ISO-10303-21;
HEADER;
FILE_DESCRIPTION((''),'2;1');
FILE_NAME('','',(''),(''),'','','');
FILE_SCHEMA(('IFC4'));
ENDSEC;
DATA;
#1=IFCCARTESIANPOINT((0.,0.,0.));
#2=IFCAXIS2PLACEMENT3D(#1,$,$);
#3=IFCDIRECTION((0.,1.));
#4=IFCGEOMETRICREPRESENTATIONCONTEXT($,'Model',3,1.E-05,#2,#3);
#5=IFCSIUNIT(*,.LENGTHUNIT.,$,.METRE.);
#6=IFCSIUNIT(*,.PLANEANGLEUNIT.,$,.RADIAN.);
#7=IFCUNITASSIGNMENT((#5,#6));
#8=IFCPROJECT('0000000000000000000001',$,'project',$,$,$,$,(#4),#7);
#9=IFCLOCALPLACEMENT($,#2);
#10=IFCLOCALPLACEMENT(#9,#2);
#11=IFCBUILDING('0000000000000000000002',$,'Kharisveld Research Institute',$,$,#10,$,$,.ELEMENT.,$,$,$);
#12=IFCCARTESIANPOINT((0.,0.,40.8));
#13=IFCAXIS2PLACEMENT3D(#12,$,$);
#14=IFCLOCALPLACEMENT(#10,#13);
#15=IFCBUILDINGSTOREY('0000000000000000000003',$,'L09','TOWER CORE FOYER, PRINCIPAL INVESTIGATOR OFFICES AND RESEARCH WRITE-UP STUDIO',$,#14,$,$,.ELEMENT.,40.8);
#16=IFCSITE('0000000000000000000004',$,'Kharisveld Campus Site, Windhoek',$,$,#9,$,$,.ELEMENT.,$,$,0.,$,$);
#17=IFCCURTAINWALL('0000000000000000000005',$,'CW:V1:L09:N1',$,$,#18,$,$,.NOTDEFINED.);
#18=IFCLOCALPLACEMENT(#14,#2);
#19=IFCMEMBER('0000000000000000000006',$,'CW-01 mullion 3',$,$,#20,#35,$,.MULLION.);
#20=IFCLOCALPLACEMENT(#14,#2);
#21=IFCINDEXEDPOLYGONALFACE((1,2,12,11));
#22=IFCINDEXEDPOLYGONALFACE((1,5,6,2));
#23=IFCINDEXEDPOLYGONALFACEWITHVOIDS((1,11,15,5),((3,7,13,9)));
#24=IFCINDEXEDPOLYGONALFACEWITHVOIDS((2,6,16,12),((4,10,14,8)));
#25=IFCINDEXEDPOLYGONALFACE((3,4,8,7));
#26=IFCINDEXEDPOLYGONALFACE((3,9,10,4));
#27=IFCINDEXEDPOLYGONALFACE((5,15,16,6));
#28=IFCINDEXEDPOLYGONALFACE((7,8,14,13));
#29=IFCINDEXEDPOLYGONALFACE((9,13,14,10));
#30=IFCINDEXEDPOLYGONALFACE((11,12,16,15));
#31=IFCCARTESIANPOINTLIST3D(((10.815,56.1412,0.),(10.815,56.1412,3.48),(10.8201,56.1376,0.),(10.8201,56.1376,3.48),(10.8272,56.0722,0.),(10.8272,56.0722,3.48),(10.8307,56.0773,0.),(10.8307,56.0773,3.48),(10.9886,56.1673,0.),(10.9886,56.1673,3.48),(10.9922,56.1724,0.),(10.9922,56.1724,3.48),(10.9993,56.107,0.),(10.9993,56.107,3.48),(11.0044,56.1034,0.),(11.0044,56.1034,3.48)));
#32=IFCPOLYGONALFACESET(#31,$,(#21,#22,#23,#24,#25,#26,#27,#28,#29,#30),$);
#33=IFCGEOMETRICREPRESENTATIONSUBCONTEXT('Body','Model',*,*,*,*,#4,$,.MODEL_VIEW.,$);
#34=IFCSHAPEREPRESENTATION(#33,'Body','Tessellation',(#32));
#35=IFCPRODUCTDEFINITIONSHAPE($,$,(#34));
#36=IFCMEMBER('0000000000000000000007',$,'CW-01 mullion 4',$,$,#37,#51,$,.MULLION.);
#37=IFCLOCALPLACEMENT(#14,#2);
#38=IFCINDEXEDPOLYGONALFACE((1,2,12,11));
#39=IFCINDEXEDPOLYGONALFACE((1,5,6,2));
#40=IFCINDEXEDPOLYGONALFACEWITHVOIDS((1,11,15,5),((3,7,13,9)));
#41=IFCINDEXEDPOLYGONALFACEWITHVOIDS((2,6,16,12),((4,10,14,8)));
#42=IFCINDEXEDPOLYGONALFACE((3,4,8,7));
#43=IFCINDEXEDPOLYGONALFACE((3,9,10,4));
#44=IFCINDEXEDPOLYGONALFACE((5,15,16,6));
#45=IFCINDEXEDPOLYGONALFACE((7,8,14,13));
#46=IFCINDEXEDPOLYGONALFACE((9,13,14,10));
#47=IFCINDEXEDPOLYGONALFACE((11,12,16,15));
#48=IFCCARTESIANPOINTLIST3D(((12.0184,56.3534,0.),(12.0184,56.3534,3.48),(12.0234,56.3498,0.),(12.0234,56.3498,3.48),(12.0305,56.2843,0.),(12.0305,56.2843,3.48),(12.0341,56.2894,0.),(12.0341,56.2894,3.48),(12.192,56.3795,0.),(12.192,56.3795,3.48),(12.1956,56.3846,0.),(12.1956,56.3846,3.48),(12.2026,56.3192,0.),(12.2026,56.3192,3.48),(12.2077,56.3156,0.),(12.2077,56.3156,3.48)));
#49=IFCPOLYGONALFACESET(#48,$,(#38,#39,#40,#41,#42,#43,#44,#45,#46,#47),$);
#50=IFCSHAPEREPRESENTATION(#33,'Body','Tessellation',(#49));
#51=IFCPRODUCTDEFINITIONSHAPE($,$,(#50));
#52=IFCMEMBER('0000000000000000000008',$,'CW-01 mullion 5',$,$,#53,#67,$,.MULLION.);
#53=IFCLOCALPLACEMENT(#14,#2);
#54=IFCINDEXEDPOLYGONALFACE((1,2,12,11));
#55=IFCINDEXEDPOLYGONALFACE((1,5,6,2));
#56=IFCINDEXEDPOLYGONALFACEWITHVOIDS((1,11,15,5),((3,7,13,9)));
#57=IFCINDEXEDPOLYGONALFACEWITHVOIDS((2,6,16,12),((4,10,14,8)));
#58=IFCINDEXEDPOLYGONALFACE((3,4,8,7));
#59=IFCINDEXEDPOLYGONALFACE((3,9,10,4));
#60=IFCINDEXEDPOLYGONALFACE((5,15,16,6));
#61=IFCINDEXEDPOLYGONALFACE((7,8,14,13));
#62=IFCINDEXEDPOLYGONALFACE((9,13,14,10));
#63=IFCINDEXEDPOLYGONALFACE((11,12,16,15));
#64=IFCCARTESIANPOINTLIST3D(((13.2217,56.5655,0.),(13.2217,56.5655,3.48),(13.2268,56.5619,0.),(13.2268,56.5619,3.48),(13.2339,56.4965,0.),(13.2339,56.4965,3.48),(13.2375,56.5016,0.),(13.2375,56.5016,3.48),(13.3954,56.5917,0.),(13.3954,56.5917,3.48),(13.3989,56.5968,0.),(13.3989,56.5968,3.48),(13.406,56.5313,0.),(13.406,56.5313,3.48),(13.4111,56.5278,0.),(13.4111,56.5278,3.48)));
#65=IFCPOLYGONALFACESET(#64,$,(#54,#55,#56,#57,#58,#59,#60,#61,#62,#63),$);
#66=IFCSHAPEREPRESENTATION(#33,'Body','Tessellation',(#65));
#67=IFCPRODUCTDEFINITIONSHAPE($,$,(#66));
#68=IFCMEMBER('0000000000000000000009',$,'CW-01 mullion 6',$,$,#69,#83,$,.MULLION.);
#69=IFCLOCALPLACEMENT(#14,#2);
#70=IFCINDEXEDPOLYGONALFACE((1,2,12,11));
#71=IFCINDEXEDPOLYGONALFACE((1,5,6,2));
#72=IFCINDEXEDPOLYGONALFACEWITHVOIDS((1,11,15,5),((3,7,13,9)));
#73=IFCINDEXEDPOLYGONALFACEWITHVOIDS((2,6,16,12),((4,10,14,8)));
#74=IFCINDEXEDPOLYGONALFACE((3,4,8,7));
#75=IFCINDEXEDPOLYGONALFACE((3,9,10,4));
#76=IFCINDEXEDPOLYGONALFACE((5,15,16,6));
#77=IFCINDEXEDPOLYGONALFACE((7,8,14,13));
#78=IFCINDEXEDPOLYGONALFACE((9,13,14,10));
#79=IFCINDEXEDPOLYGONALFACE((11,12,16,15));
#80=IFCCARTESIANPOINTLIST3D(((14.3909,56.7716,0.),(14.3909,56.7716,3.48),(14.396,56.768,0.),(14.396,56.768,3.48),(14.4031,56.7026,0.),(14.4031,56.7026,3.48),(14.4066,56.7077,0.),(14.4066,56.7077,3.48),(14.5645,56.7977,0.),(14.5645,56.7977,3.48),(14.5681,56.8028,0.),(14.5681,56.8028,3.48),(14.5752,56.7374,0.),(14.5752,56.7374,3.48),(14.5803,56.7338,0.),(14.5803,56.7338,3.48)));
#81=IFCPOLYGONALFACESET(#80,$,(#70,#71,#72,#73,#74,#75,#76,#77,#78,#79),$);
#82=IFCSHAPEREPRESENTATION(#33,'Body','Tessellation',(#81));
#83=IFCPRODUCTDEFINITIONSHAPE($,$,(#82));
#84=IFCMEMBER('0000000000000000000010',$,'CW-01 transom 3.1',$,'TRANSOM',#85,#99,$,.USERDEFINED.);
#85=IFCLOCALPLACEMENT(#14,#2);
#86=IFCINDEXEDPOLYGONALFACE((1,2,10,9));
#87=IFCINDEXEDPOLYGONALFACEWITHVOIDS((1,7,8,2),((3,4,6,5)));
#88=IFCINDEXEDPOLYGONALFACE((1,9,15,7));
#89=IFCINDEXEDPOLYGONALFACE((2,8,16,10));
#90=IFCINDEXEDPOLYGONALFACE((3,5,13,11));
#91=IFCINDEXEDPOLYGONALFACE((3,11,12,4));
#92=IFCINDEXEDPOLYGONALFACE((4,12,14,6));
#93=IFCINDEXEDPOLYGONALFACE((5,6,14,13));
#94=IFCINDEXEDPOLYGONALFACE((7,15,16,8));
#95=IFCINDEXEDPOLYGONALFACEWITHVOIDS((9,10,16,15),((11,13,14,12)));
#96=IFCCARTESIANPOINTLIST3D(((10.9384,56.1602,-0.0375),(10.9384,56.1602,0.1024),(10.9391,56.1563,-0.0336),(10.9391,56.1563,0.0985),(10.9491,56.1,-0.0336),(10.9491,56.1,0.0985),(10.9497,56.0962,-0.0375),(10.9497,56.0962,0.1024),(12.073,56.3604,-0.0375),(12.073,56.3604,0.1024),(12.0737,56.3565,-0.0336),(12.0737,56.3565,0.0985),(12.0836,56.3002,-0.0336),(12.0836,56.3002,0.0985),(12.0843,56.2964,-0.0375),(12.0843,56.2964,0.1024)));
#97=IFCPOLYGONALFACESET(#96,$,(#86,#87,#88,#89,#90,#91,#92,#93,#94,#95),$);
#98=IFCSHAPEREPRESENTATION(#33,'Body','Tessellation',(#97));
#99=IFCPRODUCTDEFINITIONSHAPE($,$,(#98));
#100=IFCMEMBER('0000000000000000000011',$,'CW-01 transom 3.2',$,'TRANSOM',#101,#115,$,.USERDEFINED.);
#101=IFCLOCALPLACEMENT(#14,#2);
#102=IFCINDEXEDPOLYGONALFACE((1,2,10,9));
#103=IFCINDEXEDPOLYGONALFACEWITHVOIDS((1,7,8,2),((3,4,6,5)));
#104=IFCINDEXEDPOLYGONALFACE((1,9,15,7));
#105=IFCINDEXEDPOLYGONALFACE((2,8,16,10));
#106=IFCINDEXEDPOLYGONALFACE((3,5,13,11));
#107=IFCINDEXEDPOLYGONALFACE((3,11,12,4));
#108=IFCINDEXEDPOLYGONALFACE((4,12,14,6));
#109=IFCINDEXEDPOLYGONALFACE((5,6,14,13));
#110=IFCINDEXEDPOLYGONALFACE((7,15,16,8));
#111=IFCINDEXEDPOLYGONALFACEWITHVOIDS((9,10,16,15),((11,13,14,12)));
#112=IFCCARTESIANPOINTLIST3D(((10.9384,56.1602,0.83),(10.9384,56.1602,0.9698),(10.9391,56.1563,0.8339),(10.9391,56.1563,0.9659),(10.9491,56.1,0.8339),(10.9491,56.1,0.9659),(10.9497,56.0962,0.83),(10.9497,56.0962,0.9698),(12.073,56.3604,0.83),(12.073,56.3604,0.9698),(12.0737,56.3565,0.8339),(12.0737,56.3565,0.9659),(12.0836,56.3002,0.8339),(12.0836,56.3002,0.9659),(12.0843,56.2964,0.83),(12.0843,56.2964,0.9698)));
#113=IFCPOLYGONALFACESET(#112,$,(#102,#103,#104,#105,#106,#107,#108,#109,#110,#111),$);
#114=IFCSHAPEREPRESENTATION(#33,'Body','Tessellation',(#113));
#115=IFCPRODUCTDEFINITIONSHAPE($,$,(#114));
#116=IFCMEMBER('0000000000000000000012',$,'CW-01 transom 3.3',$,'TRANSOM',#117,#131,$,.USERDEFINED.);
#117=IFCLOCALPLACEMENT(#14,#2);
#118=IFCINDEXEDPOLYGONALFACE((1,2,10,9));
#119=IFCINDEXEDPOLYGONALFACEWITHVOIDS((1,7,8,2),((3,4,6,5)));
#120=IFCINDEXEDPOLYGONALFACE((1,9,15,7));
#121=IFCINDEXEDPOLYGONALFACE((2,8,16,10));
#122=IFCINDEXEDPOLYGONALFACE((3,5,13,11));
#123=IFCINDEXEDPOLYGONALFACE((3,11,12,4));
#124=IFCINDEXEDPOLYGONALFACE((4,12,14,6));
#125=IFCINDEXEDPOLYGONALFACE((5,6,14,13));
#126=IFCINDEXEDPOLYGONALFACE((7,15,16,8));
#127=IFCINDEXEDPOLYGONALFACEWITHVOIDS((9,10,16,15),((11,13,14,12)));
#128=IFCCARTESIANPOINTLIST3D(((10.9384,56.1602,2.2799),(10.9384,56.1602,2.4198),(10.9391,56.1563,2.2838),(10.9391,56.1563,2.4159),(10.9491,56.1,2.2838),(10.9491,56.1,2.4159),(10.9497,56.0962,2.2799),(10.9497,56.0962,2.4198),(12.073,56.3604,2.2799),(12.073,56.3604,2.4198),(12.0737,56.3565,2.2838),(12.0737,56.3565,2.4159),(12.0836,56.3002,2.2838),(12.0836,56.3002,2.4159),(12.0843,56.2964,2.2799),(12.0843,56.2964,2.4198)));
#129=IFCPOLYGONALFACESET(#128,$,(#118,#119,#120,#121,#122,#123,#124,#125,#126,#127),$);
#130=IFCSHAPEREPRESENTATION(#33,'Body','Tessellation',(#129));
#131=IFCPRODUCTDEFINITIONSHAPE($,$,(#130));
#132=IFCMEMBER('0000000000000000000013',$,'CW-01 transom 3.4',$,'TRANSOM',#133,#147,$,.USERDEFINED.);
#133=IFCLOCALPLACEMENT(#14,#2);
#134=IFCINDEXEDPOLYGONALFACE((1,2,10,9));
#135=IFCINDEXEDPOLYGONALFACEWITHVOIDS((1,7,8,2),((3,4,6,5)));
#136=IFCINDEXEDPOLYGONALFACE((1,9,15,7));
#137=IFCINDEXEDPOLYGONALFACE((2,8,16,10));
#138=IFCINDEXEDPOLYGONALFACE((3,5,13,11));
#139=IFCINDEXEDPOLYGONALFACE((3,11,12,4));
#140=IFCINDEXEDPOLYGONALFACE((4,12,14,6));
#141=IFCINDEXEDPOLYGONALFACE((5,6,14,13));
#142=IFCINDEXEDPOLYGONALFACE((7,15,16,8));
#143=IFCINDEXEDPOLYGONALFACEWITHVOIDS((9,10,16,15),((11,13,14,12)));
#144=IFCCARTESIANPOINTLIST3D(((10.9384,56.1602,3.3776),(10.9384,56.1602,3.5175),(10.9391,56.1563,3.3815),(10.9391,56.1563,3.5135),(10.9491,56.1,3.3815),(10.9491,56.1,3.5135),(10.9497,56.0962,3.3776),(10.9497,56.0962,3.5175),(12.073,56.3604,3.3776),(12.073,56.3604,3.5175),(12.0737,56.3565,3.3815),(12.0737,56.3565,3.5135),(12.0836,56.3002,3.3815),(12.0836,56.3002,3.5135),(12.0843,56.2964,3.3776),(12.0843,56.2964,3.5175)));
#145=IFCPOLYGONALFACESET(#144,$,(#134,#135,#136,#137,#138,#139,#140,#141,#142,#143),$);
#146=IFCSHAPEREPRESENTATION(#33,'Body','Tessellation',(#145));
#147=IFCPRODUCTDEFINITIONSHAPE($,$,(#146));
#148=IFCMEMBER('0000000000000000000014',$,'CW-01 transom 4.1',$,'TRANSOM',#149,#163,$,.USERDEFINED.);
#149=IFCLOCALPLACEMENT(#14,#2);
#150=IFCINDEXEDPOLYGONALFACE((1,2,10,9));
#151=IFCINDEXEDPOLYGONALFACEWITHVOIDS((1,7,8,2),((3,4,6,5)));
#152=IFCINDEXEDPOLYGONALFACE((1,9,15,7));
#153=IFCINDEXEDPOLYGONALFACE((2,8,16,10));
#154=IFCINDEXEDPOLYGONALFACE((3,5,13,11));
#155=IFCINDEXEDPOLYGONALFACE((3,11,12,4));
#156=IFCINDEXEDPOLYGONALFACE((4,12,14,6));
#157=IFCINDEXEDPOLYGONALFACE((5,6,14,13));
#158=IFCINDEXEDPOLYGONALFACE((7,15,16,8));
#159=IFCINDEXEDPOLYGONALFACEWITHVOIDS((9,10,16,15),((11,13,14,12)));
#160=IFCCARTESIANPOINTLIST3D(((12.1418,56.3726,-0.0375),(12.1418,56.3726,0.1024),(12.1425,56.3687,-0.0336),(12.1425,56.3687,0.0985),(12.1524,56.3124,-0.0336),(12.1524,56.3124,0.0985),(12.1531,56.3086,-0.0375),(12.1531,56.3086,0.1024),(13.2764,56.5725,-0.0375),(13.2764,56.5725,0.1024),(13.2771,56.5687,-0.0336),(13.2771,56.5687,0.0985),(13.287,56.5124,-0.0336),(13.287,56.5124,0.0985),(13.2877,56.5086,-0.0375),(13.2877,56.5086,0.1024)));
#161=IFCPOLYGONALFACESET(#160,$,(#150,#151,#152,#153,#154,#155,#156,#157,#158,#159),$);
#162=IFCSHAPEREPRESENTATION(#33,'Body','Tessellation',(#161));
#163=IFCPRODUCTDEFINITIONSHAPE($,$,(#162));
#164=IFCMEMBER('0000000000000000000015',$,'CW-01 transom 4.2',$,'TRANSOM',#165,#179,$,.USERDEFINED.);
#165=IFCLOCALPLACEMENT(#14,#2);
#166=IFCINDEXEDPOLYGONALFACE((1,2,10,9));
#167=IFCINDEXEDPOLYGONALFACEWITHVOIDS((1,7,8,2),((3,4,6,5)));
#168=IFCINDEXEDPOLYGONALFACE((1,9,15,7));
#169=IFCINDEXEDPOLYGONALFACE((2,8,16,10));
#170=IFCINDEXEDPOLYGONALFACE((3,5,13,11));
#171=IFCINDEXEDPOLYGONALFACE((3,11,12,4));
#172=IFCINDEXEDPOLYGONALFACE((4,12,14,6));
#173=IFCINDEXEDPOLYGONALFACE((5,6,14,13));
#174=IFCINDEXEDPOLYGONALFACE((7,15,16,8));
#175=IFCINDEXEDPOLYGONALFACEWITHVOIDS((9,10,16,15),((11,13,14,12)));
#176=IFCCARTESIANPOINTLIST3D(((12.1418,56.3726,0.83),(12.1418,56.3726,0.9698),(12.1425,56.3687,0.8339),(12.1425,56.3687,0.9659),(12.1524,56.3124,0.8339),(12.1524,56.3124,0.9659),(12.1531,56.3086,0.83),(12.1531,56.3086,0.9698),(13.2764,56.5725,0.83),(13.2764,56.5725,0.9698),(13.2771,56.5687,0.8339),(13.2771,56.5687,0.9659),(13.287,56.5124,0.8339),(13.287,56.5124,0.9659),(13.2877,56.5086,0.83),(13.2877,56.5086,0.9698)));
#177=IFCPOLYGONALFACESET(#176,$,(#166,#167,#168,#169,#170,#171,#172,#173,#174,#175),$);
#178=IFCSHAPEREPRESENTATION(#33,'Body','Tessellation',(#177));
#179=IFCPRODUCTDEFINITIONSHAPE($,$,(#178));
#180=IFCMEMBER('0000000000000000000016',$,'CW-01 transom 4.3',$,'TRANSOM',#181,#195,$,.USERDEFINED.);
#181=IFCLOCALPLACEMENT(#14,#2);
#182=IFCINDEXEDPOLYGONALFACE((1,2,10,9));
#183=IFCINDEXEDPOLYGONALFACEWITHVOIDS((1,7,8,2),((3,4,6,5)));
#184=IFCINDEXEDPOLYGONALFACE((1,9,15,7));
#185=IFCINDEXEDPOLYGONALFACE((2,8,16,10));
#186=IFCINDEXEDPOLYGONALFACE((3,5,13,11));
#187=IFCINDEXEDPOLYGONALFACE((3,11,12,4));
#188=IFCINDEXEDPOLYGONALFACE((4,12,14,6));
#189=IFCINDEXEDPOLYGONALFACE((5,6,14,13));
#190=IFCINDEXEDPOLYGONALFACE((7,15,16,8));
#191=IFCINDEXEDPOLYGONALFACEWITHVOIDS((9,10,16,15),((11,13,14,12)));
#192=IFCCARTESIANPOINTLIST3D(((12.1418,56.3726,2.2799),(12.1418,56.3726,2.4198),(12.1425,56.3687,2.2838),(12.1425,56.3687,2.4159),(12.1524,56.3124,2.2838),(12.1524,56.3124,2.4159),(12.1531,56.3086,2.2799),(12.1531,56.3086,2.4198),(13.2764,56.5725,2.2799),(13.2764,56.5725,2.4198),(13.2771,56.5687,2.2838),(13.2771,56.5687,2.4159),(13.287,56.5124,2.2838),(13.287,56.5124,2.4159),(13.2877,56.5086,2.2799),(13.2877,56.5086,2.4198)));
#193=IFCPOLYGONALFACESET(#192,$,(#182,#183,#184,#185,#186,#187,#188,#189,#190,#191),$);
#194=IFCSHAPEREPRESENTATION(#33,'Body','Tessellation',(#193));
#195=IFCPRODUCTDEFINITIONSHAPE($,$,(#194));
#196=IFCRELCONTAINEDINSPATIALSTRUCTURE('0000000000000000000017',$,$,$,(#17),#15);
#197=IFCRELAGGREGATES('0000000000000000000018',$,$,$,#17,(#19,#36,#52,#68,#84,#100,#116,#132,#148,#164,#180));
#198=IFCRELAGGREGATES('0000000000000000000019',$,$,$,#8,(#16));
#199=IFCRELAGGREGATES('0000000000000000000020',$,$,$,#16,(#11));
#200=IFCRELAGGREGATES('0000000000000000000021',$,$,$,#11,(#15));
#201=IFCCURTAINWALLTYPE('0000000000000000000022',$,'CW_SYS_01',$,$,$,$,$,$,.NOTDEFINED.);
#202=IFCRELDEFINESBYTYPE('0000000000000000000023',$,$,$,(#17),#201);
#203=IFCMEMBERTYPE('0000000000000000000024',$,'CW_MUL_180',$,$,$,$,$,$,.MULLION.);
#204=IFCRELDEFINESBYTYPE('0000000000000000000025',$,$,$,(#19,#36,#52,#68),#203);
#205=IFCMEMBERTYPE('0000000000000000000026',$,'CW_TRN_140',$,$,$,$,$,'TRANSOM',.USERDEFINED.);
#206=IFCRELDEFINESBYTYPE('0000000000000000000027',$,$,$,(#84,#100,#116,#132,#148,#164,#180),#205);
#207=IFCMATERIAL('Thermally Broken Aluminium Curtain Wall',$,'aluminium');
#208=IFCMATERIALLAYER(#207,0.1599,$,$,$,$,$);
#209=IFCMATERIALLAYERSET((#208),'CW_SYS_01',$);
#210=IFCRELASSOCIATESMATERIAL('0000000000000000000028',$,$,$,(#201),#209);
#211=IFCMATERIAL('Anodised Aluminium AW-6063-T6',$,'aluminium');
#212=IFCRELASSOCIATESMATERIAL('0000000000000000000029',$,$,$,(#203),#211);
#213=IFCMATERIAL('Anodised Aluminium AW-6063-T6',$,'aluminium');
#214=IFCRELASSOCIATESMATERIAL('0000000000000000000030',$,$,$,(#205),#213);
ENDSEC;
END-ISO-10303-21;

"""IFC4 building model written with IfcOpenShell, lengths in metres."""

from ifc_helpers import new_model, si_unit, direction, frame, origin, origin_2d, place, context, subcontext, project, spatial, hollow_rectangle, extrude, material, layer, layer_set, material_profile, profile_set, type_object, element, aggregate, save


model = new_model("IFC4")

# Units and contexts
model_context = context("Model", 3, precision=1e-05, world=origin(), true_north=direction((0.0, 1.0)))
body_context = subcontext(model_context, "Body", "Model", "MODEL_VIEW")
ifc_project = project(units=[si_unit("LENGTHUNIT", "METRE"), si_unit("PLANEANGLEUNIT", "RADIAN")], contexts=[model_context])

# Site, building, storey
site_placement = place(None, origin())
site = spatial("IfcSite", under=ifc_project, at=site_placement, Name="Kharisveld Campus Site, Windhoek", CompositionType="ELEMENT", RefElevation=0.0)
building_placement = place(site_placement, origin())
building = spatial("IfcBuilding", under=site, at=building_placement, Name="Kharisveld Research Institute", CompositionType="ELEMENT")
storey_placement = place(building_placement, frame((0.0, 0.0, 40.8)))
storey = spatial("IfcBuildingStorey", under=building, at=storey_placement, Name="L09", Description="TOWER CORE FOYER, PRINCIPAL INVESTIGATOR OFFICES AND RESEARCH WRITE-UP STUDIO", CompositionType="ELEMENT", Elevation=40.8)

# Curtain wall, members
ifc_material_1 = material(Name="Thermally Broken Aluminium Curtain Wall", Category="aluminium")
ifc_layer_1 = layer(ifc_material_1, 0.1599)
ifc_layer_set_1 = layer_set([ifc_layer_1], Name="CW_SYS_01")
curtain_wall_type = type_object("IfcCurtainWallType", Name="CW_SYS_01", PredefinedType="NOTDEFINED", material=ifc_layer_set_1)
curtain_wall_placement = place(storey_placement, origin())
curtain_wall = element("IfcCurtainWall", 1, at=curtain_wall_placement, inside=storey, type_object=curtain_wall_type, Name="CW:V1:L09:N1", PredefinedType="NOTDEFINED")
ifc_material_2 = material(Name="Anodised Aluminium AW-6063-T6", Category="aluminium")
ifc_material_profile_1 = material_profile(ifc_material_2, hollow_rectangle(XDim=0.0701, YDim=0.1799, WallThickness=0.0044, at=origin_2d()))
ifc_profile_set_1 = profile_set([ifc_material_profile_1], Name="Anodised Aluminium AW-6063-T6")
member_type_1 = type_object("IfcMemberType", Name="CW_MUL_180", PredefinedType="MULLION", material=ifc_profile_set_1)
member_1_placement = place(storey_placement, frame((10.9097, 56.1223, 0.0), z_axis=(0.0, 0.0, 1.0), x_axis=(-0.173648, 0.984808, 0.0)))
member_1 = element("IfcMember", 2, at=member_1_placement, type_object=member_type_1, Name="CW-01 mullion 3", PredefinedType="MULLION", context=body_context, shape_type="SweptSolid", body=[
    extrude(hollow_rectangle(XDim=0.0701, YDim=0.1799, WallThickness=0.0044, at=origin_2d()), origin(), (0.0, 0.0, 1.0), 3.48),
])
member_2_placement = place(storey_placement, frame((12.113, 56.3345, 0.0), z_axis=(0.0, 0.0, 1.0), x_axis=(-0.173648, 0.984808, 0.0)))
member_2 = element("IfcMember", 3, at=member_2_placement, type_object=member_type_1, Name="CW-01 mullion 4", PredefinedType="MULLION", context=body_context, shape_type="SweptSolid", body=[
    extrude(hollow_rectangle(XDim=0.0701, YDim=0.1799, WallThickness=0.0044, at=origin_2d()), origin(), (0.0, 0.0, 1.0), 3.48),
])
member_3_placement = place(storey_placement, frame((13.3164, 56.5466, 0.0), z_axis=(0.0, 0.0, 1.0), x_axis=(-0.173648, 0.984808, 0.0)))
member_3 = element("IfcMember", 4, at=member_3_placement, type_object=member_type_1, Name="CW-01 mullion 5", PredefinedType="MULLION", context=body_context, shape_type="SweptSolid", body=[
    extrude(hollow_rectangle(XDim=0.0701, YDim=0.1799, WallThickness=0.0044, at=origin_2d()), origin(), (0.0, 0.0, 1.0), 3.48),
])
member_4_placement = place(storey_placement, frame((14.4856, 56.7527, 0.0), z_axis=(0.0, 0.0, 1.0), x_axis=(-0.173648, 0.984808, 0.0)))
member_4 = element("IfcMember", 5, at=member_4_placement, type_object=member_type_1, Name="CW-01 mullion 6", PredefinedType="MULLION", context=body_context, shape_type="SweptSolid", body=[
    extrude(hollow_rectangle(XDim=0.0701, YDim=0.1799, WallThickness=0.0044, at=origin_2d()), origin(), (0.0, 0.0, 1.0), 3.48),
])
ifc_material_3 = material(Name="Anodised Aluminium AW-6063-T6", Category="aluminium")
ifc_material_profile_2 = material_profile(ifc_material_3, hollow_rectangle(XDim=0.0649, YDim=0.1399, WallThickness=0.0039, at=origin_2d()))
ifc_profile_set_2 = profile_set([ifc_material_profile_2], Name="Anodised Aluminium AW-6063-T6")
member_type_2 = type_object("IfcMemberType", Name="CW_TRN_140", ElementType="TRANSOM", PredefinedType="USERDEFINED", material=ifc_profile_set_2)
member_5_placement = place(storey_placement, frame((10.9441, 56.1282, 0.0325), z_axis=(0.984786, 0.173773, 0.0), x_axis=(-0.173773, 0.984786, 0.0)))
member_5 = element("IfcMember", 6, at=member_5_placement, type_object=member_type_2, Name="CW-01 transom 3.1", ObjectType="TRANSOM", PredefinedType="USERDEFINED", context=body_context, shape_type="SweptSolid", body=[
    extrude(hollow_rectangle(XDim=0.0649, YDim=0.1399, WallThickness=0.0039, at=origin_2d()), origin(), (0.0, 0.0, 1.0), 1.1521),
])
member_6_placement = place(storey_placement, frame((10.9441, 56.1282, 0.8999), z_axis=(0.984786, 0.173773, 0.0), x_axis=(-0.173773, 0.984786, 0.0)))
member_6 = element("IfcMember", 7, at=member_6_placement, type_object=member_type_2, Name="CW-01 transom 3.2", ObjectType="TRANSOM", PredefinedType="USERDEFINED", context=body_context, shape_type="SweptSolid", body=[
    extrude(hollow_rectangle(XDim=0.0649, YDim=0.1399, WallThickness=0.0039, at=origin_2d()), origin(), (0.0, 0.0, 1.0), 1.1521),
])
member_7_placement = place(storey_placement, frame((10.9441, 56.1282, 2.3499), z_axis=(0.984786, 0.173773, 0.0), x_axis=(-0.173773, 0.984786, 0.0)))
member_7 = element("IfcMember", 8, at=member_7_placement, type_object=member_type_2, Name="CW-01 transom 3.3", ObjectType="TRANSOM", PredefinedType="USERDEFINED", context=body_context, shape_type="SweptSolid", body=[
    extrude(hollow_rectangle(XDim=0.0649, YDim=0.1399, WallThickness=0.0039, at=origin_2d()), origin(), (0.0, 0.0, 1.0), 1.1521),
])
member_8_placement = place(storey_placement, frame((10.9441, 56.1282, 3.4475), z_axis=(0.984786, 0.173773, 0.0), x_axis=(-0.173773, 0.984786, 0.0)))
member_8 = element("IfcMember", 9, at=member_8_placement, type_object=member_type_2, Name="CW-01 transom 3.4", ObjectType="TRANSOM", PredefinedType="USERDEFINED", context=body_context, shape_type="SweptSolid", body=[
    extrude(hollow_rectangle(XDim=0.0649, YDim=0.1399, WallThickness=0.0039, at=origin_2d()), origin(), (0.0, 0.0, 1.0), 1.1521),
])
member_9_placement = place(storey_placement, frame((12.1475, 56.3406, 0.0325), z_axis=(0.984822, 0.173568, 0.0), x_axis=(-0.173568, 0.984822, 0.0)))
member_9 = element("IfcMember", 10, at=member_9_placement, type_object=member_type_2, Name="CW-01 transom 4.1", ObjectType="TRANSOM", PredefinedType="USERDEFINED", context=body_context, shape_type="SweptSolid", body=[
    extrude(hollow_rectangle(XDim=0.0649, YDim=0.1399, WallThickness=0.0039, at=origin_2d()), origin(), (0.0, 0.0, 1.0), 1.1521),
])
member_10_placement = place(storey_placement, frame((12.1475, 56.3406, 0.8999), z_axis=(0.984822, 0.173568, 0.0), x_axis=(-0.173568, 0.984822, 0.0)))
member_10 = element("IfcMember", 11, at=member_10_placement, type_object=member_type_2, Name="CW-01 transom 4.2", ObjectType="TRANSOM", PredefinedType="USERDEFINED", context=body_context, shape_type="SweptSolid", body=[
    extrude(hollow_rectangle(XDim=0.0649, YDim=0.1399, WallThickness=0.0039, at=origin_2d()), origin(), (0.0, 0.0, 1.0), 1.1521),
])
member_11_placement = place(storey_placement, frame((12.1475, 56.3406, 2.3499), z_axis=(0.984822, 0.173568, 0.0), x_axis=(-0.173568, 0.984822, 0.0)))
member_11 = element("IfcMember", 12, at=member_11_placement, type_object=member_type_2, Name="CW-01 transom 4.3", ObjectType="TRANSOM", PredefinedType="USERDEFINED", context=body_context, shape_type="SweptSolid", body=[
    extrude(hollow_rectangle(XDim=0.0649, YDim=0.1399, WallThickness=0.0039, at=origin_2d()), origin(), (0.0, 0.0, 1.0), 1.1521),
])
aggregate(curtain_wall, [member_1, member_2, member_3, member_4, member_5, member_6, member_7, member_8, member_9, member_10, member_11])

save(model, "model.ifc")
